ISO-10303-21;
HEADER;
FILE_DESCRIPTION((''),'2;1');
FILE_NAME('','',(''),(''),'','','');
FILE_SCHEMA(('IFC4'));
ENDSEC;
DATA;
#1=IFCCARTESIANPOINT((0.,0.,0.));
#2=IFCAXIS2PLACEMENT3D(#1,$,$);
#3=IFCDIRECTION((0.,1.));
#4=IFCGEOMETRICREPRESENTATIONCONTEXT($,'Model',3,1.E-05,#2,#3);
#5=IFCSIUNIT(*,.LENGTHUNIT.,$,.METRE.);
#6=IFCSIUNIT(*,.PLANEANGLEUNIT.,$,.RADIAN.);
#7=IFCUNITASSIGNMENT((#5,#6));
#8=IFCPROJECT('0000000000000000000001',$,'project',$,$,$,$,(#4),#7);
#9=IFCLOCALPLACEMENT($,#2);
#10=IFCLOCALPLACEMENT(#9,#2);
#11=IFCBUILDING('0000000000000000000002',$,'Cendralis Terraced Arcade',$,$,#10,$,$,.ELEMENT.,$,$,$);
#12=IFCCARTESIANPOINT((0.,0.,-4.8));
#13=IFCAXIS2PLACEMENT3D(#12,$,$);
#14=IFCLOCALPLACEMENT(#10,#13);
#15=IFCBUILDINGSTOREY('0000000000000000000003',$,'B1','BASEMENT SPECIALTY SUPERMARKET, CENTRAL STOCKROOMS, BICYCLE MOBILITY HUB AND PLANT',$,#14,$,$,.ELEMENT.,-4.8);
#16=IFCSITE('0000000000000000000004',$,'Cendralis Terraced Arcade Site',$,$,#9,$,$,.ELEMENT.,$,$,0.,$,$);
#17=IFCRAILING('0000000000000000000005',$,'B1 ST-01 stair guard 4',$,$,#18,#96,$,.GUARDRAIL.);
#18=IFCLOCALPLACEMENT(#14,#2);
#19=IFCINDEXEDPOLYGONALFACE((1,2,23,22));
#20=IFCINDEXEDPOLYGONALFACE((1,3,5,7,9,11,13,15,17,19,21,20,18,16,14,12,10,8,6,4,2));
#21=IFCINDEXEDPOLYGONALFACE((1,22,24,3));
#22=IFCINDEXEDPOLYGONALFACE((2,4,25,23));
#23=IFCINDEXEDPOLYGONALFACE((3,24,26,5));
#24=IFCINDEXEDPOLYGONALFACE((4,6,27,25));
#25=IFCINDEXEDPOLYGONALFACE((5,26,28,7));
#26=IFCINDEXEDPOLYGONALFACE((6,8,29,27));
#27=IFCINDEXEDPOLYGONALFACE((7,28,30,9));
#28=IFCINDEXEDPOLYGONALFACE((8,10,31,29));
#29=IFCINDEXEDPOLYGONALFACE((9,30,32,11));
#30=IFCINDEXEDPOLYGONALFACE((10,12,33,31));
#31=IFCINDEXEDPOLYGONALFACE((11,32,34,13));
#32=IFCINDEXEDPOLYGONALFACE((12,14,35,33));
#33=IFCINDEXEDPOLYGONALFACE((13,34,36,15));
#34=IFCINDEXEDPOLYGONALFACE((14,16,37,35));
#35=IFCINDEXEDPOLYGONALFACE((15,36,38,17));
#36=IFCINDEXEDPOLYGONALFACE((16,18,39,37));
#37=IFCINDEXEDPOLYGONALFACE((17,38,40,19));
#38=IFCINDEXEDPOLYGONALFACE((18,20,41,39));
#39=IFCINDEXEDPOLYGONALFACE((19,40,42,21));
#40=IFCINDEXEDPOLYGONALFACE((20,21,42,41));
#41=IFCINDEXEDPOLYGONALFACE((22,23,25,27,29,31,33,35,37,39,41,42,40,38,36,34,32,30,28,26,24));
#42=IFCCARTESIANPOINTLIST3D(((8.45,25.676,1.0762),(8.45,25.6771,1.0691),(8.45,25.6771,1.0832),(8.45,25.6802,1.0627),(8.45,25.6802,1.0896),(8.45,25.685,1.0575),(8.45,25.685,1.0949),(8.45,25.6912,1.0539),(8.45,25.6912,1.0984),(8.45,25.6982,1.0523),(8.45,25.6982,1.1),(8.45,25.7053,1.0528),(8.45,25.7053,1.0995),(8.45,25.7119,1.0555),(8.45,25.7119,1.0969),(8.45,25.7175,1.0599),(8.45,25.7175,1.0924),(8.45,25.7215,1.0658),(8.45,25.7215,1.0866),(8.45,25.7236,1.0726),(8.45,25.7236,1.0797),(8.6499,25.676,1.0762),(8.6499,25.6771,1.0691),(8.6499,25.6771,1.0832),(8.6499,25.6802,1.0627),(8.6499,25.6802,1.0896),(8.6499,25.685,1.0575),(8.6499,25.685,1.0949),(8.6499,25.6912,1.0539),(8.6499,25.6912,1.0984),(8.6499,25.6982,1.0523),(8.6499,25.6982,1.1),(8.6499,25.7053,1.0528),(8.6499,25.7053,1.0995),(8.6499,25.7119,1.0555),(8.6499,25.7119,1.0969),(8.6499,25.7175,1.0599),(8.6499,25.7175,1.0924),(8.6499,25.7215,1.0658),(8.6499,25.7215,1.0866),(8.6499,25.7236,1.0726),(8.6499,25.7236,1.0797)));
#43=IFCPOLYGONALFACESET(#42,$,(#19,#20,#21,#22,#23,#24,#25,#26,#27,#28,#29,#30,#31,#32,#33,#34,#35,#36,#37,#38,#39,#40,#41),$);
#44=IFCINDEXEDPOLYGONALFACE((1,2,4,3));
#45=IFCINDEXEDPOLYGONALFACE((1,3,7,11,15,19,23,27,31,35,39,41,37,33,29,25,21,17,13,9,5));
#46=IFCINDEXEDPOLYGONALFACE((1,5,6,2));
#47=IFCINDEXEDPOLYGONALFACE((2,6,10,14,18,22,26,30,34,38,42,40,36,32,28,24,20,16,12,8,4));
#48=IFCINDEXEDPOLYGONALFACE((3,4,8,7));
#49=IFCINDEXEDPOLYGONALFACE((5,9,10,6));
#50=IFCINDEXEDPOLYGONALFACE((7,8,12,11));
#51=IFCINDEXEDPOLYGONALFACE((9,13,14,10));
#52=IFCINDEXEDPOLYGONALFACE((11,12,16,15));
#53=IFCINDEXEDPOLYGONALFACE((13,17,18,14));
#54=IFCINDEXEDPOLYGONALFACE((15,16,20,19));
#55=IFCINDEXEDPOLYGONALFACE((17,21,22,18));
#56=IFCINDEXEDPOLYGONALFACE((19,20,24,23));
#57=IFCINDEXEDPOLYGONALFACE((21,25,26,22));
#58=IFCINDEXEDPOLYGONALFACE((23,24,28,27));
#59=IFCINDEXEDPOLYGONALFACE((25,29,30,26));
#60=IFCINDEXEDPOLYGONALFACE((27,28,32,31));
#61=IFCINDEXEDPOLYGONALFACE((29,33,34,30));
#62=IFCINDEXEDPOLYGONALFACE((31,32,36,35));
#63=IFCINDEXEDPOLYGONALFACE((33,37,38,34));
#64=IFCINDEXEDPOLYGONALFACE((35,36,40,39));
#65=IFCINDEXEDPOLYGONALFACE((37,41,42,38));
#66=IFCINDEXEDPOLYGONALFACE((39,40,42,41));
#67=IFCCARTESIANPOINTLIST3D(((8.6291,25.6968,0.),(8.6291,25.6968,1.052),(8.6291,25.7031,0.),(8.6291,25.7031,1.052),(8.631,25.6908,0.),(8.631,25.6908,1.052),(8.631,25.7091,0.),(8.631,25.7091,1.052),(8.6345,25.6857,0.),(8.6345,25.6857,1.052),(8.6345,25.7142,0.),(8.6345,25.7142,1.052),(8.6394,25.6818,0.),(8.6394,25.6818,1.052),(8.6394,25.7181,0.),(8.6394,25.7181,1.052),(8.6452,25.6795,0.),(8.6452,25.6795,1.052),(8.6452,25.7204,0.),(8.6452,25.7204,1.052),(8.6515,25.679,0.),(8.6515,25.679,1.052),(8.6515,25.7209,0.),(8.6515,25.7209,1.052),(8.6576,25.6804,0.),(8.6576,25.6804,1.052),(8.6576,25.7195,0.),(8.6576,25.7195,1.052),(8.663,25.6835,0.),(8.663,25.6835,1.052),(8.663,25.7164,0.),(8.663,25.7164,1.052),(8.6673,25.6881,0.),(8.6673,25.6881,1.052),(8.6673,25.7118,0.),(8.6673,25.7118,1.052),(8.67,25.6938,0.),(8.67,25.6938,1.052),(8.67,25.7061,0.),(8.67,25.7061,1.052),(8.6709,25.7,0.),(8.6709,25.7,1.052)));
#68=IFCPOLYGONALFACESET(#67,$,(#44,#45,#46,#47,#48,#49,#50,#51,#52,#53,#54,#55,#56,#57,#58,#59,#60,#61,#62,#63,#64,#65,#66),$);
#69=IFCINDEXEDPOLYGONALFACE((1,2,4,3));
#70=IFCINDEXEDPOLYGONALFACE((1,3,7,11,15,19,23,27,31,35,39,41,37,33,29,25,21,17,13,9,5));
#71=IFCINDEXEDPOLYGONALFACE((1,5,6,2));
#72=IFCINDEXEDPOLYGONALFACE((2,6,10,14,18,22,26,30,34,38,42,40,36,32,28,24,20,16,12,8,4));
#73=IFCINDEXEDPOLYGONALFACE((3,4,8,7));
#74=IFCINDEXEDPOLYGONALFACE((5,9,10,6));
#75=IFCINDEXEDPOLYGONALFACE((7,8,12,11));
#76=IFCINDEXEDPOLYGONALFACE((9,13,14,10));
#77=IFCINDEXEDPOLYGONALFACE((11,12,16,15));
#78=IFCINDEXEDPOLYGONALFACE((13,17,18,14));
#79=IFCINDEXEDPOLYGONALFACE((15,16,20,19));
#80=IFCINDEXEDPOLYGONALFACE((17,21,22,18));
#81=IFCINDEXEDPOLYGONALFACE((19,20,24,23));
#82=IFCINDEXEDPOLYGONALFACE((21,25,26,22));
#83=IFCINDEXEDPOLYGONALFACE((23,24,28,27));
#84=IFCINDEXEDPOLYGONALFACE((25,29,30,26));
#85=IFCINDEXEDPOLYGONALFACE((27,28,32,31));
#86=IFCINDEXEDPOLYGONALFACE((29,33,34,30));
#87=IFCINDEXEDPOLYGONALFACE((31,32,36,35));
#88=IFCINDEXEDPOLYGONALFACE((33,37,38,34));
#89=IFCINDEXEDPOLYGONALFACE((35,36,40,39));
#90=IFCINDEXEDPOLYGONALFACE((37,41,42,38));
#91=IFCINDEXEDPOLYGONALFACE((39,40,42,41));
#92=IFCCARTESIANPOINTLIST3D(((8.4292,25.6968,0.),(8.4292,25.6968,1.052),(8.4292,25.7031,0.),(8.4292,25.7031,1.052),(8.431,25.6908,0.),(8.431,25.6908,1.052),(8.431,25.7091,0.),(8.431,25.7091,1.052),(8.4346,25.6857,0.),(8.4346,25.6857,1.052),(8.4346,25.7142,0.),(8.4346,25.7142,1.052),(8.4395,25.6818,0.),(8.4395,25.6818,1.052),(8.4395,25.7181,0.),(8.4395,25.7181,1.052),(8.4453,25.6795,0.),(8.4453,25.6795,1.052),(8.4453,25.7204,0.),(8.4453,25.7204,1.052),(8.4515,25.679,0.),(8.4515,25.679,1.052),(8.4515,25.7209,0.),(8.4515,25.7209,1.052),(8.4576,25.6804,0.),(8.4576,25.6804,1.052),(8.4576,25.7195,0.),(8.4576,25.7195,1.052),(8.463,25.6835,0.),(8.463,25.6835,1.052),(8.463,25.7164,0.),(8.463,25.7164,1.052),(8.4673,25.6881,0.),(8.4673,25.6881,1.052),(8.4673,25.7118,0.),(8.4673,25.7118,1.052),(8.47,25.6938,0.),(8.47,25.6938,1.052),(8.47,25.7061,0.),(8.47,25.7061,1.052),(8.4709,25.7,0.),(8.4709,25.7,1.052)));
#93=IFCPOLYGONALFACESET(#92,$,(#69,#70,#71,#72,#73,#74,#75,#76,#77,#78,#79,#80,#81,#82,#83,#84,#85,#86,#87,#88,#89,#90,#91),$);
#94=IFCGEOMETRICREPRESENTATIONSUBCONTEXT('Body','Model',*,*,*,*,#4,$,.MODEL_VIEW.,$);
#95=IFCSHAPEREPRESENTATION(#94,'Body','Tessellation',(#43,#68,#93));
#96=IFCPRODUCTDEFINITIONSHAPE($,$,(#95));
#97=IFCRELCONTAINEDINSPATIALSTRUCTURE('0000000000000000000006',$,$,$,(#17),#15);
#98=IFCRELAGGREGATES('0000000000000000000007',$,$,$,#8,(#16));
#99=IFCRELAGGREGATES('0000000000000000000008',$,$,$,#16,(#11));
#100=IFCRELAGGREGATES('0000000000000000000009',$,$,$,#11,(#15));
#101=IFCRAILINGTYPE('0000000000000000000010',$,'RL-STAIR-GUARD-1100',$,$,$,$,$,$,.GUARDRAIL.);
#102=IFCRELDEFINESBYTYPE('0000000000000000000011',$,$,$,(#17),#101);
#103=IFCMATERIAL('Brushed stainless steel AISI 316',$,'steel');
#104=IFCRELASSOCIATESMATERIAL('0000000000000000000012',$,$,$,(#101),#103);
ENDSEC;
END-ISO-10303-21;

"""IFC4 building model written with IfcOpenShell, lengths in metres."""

from ifc_helpers import new_model, si_unit, direction, frame, origin, origin_2d, place, context, subcontext, project, spatial, circle, extrude, material, type_object, element, save


model = new_model("IFC4")

# Units and contexts
model_context = context("Model", 3, precision=1e-05, world=origin(), true_north=direction((0.0, 1.0)))
body_context = subcontext(model_context, "Body", "Model", "MODEL_VIEW")
ifc_project = project(units=[si_unit("LENGTHUNIT", "METRE"), si_unit("PLANEANGLEUNIT", "RADIAN")], contexts=[model_context])

# Site, building, storey
site_placement = place(None, origin())
site = spatial("IfcSite", under=ifc_project, at=site_placement, Name="Cendralis Terraced Arcade Site", CompositionType="ELEMENT", RefElevation=0.0)
building_placement = place(site_placement, origin())
building = spatial("IfcBuilding", under=site, at=building_placement, Name="Cendralis Terraced Arcade", CompositionType="ELEMENT")
storey_placement = place(building_placement, frame((0.0, 0.0, -4.8)))
storey = spatial("IfcBuildingStorey", under=building, at=storey_placement, Name="B1", Description="BASEMENT SPECIALTY SUPERMARKET, CENTRAL STOCKROOMS, BICYCLE MOBILITY HUB AND PLANT", CompositionType="ELEMENT", Elevation=-4.8)

# Railing
ifc_material_1 = material(Name="Brushed stainless steel AISI 316", Category="steel")
railing_type_1 = type_object("IfcRailingType", Name="RL-STAIR-GUARD-1100", PredefinedType="GUARDRAIL", material=ifc_material_1)
railing_1_placement = place(storey_placement, frame((8.6499, 25.7, 0.0)))
element("IfcRailing", 1, at=railing_1_placement, inside=storey, type_object=railing_type_1, Name="B1 ST-01 stair guard 4", PredefinedType="GUARDRAIL", context=body_context, shape_type="SweptSolid", body=[
    extrude(circle(Radius=0.0239, at=origin_2d()), frame((0.0, 0.0, 1.0762), z_axis=(-1.0, 0.0, 0.0), x_axis=(0.0, -1.0, 0.0)), (0.0, 0.0, 1.0), 0.2),
    extrude(circle(Radius=0.021, at=origin_2d()), origin(), (0.0, 0.0, 1.0), 1.052),
    extrude(circle(Radius=0.021, at=origin_2d()), frame((-0.2, 0.0, 0.0)), (0.0, 0.0, 1.0), 1.052),
])

save(model, "model.ifc")
